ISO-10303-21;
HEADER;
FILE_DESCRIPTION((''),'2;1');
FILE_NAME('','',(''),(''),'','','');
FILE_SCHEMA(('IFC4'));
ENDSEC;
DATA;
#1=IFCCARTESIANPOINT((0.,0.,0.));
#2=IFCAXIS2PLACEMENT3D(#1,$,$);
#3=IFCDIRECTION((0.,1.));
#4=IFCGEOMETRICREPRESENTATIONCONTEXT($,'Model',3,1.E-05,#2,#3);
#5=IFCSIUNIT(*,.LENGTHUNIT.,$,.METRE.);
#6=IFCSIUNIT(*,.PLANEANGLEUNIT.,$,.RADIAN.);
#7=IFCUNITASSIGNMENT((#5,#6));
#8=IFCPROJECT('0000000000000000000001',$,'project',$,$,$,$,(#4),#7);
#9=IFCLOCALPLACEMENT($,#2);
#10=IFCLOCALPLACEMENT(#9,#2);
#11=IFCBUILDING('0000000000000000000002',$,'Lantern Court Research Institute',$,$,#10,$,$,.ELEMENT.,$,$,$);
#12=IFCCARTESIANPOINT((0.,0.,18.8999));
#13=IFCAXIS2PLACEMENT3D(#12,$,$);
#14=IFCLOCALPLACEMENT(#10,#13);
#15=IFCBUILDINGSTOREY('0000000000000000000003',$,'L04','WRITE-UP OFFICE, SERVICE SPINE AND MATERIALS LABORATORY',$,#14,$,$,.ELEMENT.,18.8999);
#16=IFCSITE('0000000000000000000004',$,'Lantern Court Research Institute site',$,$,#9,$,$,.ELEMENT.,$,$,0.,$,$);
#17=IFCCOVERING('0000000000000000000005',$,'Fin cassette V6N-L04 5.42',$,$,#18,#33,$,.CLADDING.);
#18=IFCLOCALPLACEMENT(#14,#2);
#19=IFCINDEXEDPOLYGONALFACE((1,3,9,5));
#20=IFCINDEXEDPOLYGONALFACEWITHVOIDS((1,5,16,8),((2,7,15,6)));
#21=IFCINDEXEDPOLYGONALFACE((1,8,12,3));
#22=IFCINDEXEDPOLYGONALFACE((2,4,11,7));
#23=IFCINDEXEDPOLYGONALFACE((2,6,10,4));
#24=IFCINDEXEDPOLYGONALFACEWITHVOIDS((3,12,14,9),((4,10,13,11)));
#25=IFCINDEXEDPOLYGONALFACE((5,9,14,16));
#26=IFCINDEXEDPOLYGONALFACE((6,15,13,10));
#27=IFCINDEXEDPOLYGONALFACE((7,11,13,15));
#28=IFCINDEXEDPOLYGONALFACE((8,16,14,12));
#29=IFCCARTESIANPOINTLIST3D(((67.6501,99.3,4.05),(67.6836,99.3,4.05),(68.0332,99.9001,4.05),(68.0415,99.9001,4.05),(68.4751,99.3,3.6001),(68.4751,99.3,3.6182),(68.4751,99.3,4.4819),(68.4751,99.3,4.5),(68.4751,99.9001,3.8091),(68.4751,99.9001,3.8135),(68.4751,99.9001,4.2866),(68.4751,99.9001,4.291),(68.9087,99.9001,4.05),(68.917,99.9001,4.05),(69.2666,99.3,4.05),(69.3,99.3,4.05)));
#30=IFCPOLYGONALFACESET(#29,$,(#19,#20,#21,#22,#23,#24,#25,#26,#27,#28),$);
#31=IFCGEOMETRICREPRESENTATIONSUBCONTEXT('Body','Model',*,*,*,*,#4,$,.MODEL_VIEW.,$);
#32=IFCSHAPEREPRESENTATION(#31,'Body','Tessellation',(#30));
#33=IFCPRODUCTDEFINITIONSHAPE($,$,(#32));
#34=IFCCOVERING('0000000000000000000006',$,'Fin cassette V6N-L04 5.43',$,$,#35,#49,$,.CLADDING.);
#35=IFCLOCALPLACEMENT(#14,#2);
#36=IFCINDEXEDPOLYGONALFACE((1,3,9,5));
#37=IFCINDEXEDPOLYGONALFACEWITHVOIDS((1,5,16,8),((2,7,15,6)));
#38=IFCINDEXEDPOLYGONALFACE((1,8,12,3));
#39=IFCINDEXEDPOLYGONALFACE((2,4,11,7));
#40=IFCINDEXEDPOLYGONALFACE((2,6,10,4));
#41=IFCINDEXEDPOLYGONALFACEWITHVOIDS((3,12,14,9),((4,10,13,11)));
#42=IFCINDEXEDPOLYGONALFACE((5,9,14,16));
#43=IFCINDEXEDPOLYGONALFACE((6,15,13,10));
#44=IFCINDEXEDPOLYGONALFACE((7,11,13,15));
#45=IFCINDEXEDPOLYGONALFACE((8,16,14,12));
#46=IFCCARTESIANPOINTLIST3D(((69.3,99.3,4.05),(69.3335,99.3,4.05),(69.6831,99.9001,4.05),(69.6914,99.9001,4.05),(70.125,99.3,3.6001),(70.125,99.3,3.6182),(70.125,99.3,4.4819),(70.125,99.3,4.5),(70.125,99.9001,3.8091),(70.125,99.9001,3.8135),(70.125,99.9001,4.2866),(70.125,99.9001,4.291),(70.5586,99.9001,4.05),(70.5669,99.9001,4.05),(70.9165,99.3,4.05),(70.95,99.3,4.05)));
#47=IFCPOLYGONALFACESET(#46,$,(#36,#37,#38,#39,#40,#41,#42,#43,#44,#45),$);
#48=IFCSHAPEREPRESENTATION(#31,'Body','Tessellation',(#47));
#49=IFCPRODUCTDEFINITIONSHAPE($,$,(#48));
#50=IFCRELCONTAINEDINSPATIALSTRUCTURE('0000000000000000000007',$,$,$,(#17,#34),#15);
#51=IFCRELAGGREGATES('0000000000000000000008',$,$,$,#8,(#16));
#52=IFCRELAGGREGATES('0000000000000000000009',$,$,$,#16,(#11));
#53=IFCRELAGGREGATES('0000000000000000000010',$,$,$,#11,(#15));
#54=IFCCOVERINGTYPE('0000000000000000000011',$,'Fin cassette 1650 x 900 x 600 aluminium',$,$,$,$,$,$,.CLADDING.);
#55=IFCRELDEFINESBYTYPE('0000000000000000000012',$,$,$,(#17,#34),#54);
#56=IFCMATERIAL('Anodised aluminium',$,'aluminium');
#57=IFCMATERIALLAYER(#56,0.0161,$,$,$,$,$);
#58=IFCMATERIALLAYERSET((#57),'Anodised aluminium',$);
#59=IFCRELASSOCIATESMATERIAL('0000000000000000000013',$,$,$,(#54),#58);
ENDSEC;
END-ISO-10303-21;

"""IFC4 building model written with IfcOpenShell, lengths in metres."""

from ifc_helpers import new_model, entity, si_unit, direction, frame, origin, place, context, subcontext, project, spatial, material, layer, layer_set, type_object, element, save


model = new_model("IFC4")

# Units and contexts
model_context = context("Model", 3, precision=1e-05, world=origin(), true_north=direction((0.0, 1.0)))
body_context = subcontext(model_context, "Body", "Model", "MODEL_VIEW")
ifc_project = project(units=[si_unit("LENGTHUNIT", "METRE"), si_unit("PLANEANGLEUNIT", "RADIAN")], contexts=[model_context])

# Site, building, storey
site_placement = place(None, origin())
site = spatial("IfcSite", under=ifc_project, at=site_placement, Name="Lantern Court Research Institute site", CompositionType="ELEMENT", RefElevation=0.0)
building_placement = place(site_placement, origin())
building = spatial("IfcBuilding", under=site, at=building_placement, Name="Lantern Court Research Institute", CompositionType="ELEMENT")
storey_placement = place(building_placement, frame((0.0, 0.0, 18.8999)))
storey = spatial("IfcBuildingStorey", under=building, at=storey_placement, Name="L04", Description="WRITE-UP OFFICE, SERVICE SPINE AND MATERIALS LABORATORY", CompositionType="ELEMENT", Elevation=18.8999)

# Coverings
ifc_material_1 = material(Name="Anodised aluminium", Category="aluminium")
ifc_layer_1 = layer(ifc_material_1, 0.0161)
ifc_layer_set_1 = layer_set([ifc_layer_1], Name="Anodised aluminium")
covering_type_1 = type_object("IfcCoveringType", Name="Fin cassette 1650 x 900 x 600 aluminium", PredefinedType="CLADDING", material=ifc_layer_set_1)
covering_1_placement = place(storey_placement, frame((68.4751, 99.3, 4.05), z_axis=(0.0, 1.0, 0.0), x_axis=(-1.0, 0.0, 0.0)))
cartesian_point_1 = entity("IfcCartesianPoint", [0.825, 0.0])
cartesian_point_2 = entity("IfcCartesianPoint", [0.7915, 0.0])
cartesian_point_3 = entity("IfcCartesianPoint", [0.4419, 0.0])
cartesian_point_4 = entity("IfcCartesianPoint", [0.4336, 0.0])
element("IfcCovering", 1, at=covering_1_placement, inside=storey, type_object=covering_type_1, Name="Fin cassette V6N-L04 5.42", PredefinedType="CLADDING", context=body_context, shape_type="SweptSolid", body=[
    entity("IfcExtrudedAreaSolidTapered", entity("IfcArbitraryProfileDefWithVoids", "AREA", None, entity("IfcPolyline", [cartesian_point_1, entity("IfcCartesianPoint", [0.0, 0.45]), entity("IfcCartesianPoint", [-0.825, 0.0]), entity("IfcCartesianPoint", [0.0, -0.45]), cartesian_point_1]), [entity("IfcPolyline", [cartesian_point_2, entity("IfcCartesianPoint", [0.0, 0.4319]), entity("IfcCartesianPoint", [-0.7915, 0.0]), entity("IfcCartesianPoint", [0.0, -0.4319]), cartesian_point_2])]), entity("IfcAxis2Placement3D", entity("IfcCartesianPoint", [0.0, 0.0, 0.0])), entity("IfcDirection", [0.0, 0.0, 1.0]), 0.6001, entity("IfcArbitraryProfileDefWithVoids", "AREA", None, entity("IfcPolyline", [cartesian_point_3, entity("IfcCartesianPoint", [0.0, 0.241]), entity("IfcCartesianPoint", [-0.4419, 0.0]), entity("IfcCartesianPoint", [0.0, -0.241]), cartesian_point_3]), [entity("IfcPolyline", [cartesian_point_4, entity("IfcCartesianPoint", [0.0, 0.2366]), entity("IfcCartesianPoint", [-0.4336, 0.0]), entity("IfcCartesianPoint", [0.0, -0.2366]), cartesian_point_4])])),
])
covering_2_placement = place(storey_placement, frame((70.125, 99.3, 4.05), z_axis=(0.0, 1.0, 0.0), x_axis=(-1.0, 0.0, 0.0)))
cartesian_point_5 = entity("IfcCartesianPoint", [0.825, 0.0])
cartesian_point_6 = entity("IfcCartesianPoint", [0.7915, 0.0])
cartesian_point_7 = entity("IfcCartesianPoint", [0.4419, 0.0])
cartesian_point_8 = entity("IfcCartesianPoint", [0.4336, 0.0])
element("IfcCovering", 2, at=covering_2_placement, inside=storey, type_object=covering_type_1, Name="Fin cassette V6N-L04 5.43", PredefinedType="CLADDING", context=body_context, shape_type="SweptSolid", body=[
    entity("IfcExtrudedAreaSolidTapered", entity("IfcArbitraryProfileDefWithVoids", "AREA", None, entity("IfcPolyline", [cartesian_point_5, entity("IfcCartesianPoint", [0.0, 0.45]), entity("IfcCartesianPoint", [-0.825, 0.0]), entity("IfcCartesianPoint", [0.0, -0.45]), cartesian_point_5]), [entity("IfcPolyline", [cartesian_point_6, entity("IfcCartesianPoint", [0.0, 0.4319]), entity("IfcCartesianPoint", [-0.7915, 0.0]), entity("IfcCartesianPoint", [0.0, -0.4319]), cartesian_point_6])]), entity("IfcAxis2Placement3D", entity("IfcCartesianPoint", [0.0, 0.0, 0.0])), entity("IfcDirection", [0.0, 0.0, 1.0]), 0.6001, entity("IfcArbitraryProfileDefWithVoids", "AREA", None, entity("IfcPolyline", [cartesian_point_7, entity("IfcCartesianPoint", [0.0, 0.241]), entity("IfcCartesianPoint", [-0.4419, 0.0]), entity("IfcCartesianPoint", [0.0, -0.241]), cartesian_point_7]), [entity("IfcPolyline", [cartesian_point_8, entity("IfcCartesianPoint", [0.0, 0.2366]), entity("IfcCartesianPoint", [-0.4336, 0.0]), entity("IfcCartesianPoint", [0.0, -0.2366]), cartesian_point_8])])),
])

save(model, "model.ifc")
